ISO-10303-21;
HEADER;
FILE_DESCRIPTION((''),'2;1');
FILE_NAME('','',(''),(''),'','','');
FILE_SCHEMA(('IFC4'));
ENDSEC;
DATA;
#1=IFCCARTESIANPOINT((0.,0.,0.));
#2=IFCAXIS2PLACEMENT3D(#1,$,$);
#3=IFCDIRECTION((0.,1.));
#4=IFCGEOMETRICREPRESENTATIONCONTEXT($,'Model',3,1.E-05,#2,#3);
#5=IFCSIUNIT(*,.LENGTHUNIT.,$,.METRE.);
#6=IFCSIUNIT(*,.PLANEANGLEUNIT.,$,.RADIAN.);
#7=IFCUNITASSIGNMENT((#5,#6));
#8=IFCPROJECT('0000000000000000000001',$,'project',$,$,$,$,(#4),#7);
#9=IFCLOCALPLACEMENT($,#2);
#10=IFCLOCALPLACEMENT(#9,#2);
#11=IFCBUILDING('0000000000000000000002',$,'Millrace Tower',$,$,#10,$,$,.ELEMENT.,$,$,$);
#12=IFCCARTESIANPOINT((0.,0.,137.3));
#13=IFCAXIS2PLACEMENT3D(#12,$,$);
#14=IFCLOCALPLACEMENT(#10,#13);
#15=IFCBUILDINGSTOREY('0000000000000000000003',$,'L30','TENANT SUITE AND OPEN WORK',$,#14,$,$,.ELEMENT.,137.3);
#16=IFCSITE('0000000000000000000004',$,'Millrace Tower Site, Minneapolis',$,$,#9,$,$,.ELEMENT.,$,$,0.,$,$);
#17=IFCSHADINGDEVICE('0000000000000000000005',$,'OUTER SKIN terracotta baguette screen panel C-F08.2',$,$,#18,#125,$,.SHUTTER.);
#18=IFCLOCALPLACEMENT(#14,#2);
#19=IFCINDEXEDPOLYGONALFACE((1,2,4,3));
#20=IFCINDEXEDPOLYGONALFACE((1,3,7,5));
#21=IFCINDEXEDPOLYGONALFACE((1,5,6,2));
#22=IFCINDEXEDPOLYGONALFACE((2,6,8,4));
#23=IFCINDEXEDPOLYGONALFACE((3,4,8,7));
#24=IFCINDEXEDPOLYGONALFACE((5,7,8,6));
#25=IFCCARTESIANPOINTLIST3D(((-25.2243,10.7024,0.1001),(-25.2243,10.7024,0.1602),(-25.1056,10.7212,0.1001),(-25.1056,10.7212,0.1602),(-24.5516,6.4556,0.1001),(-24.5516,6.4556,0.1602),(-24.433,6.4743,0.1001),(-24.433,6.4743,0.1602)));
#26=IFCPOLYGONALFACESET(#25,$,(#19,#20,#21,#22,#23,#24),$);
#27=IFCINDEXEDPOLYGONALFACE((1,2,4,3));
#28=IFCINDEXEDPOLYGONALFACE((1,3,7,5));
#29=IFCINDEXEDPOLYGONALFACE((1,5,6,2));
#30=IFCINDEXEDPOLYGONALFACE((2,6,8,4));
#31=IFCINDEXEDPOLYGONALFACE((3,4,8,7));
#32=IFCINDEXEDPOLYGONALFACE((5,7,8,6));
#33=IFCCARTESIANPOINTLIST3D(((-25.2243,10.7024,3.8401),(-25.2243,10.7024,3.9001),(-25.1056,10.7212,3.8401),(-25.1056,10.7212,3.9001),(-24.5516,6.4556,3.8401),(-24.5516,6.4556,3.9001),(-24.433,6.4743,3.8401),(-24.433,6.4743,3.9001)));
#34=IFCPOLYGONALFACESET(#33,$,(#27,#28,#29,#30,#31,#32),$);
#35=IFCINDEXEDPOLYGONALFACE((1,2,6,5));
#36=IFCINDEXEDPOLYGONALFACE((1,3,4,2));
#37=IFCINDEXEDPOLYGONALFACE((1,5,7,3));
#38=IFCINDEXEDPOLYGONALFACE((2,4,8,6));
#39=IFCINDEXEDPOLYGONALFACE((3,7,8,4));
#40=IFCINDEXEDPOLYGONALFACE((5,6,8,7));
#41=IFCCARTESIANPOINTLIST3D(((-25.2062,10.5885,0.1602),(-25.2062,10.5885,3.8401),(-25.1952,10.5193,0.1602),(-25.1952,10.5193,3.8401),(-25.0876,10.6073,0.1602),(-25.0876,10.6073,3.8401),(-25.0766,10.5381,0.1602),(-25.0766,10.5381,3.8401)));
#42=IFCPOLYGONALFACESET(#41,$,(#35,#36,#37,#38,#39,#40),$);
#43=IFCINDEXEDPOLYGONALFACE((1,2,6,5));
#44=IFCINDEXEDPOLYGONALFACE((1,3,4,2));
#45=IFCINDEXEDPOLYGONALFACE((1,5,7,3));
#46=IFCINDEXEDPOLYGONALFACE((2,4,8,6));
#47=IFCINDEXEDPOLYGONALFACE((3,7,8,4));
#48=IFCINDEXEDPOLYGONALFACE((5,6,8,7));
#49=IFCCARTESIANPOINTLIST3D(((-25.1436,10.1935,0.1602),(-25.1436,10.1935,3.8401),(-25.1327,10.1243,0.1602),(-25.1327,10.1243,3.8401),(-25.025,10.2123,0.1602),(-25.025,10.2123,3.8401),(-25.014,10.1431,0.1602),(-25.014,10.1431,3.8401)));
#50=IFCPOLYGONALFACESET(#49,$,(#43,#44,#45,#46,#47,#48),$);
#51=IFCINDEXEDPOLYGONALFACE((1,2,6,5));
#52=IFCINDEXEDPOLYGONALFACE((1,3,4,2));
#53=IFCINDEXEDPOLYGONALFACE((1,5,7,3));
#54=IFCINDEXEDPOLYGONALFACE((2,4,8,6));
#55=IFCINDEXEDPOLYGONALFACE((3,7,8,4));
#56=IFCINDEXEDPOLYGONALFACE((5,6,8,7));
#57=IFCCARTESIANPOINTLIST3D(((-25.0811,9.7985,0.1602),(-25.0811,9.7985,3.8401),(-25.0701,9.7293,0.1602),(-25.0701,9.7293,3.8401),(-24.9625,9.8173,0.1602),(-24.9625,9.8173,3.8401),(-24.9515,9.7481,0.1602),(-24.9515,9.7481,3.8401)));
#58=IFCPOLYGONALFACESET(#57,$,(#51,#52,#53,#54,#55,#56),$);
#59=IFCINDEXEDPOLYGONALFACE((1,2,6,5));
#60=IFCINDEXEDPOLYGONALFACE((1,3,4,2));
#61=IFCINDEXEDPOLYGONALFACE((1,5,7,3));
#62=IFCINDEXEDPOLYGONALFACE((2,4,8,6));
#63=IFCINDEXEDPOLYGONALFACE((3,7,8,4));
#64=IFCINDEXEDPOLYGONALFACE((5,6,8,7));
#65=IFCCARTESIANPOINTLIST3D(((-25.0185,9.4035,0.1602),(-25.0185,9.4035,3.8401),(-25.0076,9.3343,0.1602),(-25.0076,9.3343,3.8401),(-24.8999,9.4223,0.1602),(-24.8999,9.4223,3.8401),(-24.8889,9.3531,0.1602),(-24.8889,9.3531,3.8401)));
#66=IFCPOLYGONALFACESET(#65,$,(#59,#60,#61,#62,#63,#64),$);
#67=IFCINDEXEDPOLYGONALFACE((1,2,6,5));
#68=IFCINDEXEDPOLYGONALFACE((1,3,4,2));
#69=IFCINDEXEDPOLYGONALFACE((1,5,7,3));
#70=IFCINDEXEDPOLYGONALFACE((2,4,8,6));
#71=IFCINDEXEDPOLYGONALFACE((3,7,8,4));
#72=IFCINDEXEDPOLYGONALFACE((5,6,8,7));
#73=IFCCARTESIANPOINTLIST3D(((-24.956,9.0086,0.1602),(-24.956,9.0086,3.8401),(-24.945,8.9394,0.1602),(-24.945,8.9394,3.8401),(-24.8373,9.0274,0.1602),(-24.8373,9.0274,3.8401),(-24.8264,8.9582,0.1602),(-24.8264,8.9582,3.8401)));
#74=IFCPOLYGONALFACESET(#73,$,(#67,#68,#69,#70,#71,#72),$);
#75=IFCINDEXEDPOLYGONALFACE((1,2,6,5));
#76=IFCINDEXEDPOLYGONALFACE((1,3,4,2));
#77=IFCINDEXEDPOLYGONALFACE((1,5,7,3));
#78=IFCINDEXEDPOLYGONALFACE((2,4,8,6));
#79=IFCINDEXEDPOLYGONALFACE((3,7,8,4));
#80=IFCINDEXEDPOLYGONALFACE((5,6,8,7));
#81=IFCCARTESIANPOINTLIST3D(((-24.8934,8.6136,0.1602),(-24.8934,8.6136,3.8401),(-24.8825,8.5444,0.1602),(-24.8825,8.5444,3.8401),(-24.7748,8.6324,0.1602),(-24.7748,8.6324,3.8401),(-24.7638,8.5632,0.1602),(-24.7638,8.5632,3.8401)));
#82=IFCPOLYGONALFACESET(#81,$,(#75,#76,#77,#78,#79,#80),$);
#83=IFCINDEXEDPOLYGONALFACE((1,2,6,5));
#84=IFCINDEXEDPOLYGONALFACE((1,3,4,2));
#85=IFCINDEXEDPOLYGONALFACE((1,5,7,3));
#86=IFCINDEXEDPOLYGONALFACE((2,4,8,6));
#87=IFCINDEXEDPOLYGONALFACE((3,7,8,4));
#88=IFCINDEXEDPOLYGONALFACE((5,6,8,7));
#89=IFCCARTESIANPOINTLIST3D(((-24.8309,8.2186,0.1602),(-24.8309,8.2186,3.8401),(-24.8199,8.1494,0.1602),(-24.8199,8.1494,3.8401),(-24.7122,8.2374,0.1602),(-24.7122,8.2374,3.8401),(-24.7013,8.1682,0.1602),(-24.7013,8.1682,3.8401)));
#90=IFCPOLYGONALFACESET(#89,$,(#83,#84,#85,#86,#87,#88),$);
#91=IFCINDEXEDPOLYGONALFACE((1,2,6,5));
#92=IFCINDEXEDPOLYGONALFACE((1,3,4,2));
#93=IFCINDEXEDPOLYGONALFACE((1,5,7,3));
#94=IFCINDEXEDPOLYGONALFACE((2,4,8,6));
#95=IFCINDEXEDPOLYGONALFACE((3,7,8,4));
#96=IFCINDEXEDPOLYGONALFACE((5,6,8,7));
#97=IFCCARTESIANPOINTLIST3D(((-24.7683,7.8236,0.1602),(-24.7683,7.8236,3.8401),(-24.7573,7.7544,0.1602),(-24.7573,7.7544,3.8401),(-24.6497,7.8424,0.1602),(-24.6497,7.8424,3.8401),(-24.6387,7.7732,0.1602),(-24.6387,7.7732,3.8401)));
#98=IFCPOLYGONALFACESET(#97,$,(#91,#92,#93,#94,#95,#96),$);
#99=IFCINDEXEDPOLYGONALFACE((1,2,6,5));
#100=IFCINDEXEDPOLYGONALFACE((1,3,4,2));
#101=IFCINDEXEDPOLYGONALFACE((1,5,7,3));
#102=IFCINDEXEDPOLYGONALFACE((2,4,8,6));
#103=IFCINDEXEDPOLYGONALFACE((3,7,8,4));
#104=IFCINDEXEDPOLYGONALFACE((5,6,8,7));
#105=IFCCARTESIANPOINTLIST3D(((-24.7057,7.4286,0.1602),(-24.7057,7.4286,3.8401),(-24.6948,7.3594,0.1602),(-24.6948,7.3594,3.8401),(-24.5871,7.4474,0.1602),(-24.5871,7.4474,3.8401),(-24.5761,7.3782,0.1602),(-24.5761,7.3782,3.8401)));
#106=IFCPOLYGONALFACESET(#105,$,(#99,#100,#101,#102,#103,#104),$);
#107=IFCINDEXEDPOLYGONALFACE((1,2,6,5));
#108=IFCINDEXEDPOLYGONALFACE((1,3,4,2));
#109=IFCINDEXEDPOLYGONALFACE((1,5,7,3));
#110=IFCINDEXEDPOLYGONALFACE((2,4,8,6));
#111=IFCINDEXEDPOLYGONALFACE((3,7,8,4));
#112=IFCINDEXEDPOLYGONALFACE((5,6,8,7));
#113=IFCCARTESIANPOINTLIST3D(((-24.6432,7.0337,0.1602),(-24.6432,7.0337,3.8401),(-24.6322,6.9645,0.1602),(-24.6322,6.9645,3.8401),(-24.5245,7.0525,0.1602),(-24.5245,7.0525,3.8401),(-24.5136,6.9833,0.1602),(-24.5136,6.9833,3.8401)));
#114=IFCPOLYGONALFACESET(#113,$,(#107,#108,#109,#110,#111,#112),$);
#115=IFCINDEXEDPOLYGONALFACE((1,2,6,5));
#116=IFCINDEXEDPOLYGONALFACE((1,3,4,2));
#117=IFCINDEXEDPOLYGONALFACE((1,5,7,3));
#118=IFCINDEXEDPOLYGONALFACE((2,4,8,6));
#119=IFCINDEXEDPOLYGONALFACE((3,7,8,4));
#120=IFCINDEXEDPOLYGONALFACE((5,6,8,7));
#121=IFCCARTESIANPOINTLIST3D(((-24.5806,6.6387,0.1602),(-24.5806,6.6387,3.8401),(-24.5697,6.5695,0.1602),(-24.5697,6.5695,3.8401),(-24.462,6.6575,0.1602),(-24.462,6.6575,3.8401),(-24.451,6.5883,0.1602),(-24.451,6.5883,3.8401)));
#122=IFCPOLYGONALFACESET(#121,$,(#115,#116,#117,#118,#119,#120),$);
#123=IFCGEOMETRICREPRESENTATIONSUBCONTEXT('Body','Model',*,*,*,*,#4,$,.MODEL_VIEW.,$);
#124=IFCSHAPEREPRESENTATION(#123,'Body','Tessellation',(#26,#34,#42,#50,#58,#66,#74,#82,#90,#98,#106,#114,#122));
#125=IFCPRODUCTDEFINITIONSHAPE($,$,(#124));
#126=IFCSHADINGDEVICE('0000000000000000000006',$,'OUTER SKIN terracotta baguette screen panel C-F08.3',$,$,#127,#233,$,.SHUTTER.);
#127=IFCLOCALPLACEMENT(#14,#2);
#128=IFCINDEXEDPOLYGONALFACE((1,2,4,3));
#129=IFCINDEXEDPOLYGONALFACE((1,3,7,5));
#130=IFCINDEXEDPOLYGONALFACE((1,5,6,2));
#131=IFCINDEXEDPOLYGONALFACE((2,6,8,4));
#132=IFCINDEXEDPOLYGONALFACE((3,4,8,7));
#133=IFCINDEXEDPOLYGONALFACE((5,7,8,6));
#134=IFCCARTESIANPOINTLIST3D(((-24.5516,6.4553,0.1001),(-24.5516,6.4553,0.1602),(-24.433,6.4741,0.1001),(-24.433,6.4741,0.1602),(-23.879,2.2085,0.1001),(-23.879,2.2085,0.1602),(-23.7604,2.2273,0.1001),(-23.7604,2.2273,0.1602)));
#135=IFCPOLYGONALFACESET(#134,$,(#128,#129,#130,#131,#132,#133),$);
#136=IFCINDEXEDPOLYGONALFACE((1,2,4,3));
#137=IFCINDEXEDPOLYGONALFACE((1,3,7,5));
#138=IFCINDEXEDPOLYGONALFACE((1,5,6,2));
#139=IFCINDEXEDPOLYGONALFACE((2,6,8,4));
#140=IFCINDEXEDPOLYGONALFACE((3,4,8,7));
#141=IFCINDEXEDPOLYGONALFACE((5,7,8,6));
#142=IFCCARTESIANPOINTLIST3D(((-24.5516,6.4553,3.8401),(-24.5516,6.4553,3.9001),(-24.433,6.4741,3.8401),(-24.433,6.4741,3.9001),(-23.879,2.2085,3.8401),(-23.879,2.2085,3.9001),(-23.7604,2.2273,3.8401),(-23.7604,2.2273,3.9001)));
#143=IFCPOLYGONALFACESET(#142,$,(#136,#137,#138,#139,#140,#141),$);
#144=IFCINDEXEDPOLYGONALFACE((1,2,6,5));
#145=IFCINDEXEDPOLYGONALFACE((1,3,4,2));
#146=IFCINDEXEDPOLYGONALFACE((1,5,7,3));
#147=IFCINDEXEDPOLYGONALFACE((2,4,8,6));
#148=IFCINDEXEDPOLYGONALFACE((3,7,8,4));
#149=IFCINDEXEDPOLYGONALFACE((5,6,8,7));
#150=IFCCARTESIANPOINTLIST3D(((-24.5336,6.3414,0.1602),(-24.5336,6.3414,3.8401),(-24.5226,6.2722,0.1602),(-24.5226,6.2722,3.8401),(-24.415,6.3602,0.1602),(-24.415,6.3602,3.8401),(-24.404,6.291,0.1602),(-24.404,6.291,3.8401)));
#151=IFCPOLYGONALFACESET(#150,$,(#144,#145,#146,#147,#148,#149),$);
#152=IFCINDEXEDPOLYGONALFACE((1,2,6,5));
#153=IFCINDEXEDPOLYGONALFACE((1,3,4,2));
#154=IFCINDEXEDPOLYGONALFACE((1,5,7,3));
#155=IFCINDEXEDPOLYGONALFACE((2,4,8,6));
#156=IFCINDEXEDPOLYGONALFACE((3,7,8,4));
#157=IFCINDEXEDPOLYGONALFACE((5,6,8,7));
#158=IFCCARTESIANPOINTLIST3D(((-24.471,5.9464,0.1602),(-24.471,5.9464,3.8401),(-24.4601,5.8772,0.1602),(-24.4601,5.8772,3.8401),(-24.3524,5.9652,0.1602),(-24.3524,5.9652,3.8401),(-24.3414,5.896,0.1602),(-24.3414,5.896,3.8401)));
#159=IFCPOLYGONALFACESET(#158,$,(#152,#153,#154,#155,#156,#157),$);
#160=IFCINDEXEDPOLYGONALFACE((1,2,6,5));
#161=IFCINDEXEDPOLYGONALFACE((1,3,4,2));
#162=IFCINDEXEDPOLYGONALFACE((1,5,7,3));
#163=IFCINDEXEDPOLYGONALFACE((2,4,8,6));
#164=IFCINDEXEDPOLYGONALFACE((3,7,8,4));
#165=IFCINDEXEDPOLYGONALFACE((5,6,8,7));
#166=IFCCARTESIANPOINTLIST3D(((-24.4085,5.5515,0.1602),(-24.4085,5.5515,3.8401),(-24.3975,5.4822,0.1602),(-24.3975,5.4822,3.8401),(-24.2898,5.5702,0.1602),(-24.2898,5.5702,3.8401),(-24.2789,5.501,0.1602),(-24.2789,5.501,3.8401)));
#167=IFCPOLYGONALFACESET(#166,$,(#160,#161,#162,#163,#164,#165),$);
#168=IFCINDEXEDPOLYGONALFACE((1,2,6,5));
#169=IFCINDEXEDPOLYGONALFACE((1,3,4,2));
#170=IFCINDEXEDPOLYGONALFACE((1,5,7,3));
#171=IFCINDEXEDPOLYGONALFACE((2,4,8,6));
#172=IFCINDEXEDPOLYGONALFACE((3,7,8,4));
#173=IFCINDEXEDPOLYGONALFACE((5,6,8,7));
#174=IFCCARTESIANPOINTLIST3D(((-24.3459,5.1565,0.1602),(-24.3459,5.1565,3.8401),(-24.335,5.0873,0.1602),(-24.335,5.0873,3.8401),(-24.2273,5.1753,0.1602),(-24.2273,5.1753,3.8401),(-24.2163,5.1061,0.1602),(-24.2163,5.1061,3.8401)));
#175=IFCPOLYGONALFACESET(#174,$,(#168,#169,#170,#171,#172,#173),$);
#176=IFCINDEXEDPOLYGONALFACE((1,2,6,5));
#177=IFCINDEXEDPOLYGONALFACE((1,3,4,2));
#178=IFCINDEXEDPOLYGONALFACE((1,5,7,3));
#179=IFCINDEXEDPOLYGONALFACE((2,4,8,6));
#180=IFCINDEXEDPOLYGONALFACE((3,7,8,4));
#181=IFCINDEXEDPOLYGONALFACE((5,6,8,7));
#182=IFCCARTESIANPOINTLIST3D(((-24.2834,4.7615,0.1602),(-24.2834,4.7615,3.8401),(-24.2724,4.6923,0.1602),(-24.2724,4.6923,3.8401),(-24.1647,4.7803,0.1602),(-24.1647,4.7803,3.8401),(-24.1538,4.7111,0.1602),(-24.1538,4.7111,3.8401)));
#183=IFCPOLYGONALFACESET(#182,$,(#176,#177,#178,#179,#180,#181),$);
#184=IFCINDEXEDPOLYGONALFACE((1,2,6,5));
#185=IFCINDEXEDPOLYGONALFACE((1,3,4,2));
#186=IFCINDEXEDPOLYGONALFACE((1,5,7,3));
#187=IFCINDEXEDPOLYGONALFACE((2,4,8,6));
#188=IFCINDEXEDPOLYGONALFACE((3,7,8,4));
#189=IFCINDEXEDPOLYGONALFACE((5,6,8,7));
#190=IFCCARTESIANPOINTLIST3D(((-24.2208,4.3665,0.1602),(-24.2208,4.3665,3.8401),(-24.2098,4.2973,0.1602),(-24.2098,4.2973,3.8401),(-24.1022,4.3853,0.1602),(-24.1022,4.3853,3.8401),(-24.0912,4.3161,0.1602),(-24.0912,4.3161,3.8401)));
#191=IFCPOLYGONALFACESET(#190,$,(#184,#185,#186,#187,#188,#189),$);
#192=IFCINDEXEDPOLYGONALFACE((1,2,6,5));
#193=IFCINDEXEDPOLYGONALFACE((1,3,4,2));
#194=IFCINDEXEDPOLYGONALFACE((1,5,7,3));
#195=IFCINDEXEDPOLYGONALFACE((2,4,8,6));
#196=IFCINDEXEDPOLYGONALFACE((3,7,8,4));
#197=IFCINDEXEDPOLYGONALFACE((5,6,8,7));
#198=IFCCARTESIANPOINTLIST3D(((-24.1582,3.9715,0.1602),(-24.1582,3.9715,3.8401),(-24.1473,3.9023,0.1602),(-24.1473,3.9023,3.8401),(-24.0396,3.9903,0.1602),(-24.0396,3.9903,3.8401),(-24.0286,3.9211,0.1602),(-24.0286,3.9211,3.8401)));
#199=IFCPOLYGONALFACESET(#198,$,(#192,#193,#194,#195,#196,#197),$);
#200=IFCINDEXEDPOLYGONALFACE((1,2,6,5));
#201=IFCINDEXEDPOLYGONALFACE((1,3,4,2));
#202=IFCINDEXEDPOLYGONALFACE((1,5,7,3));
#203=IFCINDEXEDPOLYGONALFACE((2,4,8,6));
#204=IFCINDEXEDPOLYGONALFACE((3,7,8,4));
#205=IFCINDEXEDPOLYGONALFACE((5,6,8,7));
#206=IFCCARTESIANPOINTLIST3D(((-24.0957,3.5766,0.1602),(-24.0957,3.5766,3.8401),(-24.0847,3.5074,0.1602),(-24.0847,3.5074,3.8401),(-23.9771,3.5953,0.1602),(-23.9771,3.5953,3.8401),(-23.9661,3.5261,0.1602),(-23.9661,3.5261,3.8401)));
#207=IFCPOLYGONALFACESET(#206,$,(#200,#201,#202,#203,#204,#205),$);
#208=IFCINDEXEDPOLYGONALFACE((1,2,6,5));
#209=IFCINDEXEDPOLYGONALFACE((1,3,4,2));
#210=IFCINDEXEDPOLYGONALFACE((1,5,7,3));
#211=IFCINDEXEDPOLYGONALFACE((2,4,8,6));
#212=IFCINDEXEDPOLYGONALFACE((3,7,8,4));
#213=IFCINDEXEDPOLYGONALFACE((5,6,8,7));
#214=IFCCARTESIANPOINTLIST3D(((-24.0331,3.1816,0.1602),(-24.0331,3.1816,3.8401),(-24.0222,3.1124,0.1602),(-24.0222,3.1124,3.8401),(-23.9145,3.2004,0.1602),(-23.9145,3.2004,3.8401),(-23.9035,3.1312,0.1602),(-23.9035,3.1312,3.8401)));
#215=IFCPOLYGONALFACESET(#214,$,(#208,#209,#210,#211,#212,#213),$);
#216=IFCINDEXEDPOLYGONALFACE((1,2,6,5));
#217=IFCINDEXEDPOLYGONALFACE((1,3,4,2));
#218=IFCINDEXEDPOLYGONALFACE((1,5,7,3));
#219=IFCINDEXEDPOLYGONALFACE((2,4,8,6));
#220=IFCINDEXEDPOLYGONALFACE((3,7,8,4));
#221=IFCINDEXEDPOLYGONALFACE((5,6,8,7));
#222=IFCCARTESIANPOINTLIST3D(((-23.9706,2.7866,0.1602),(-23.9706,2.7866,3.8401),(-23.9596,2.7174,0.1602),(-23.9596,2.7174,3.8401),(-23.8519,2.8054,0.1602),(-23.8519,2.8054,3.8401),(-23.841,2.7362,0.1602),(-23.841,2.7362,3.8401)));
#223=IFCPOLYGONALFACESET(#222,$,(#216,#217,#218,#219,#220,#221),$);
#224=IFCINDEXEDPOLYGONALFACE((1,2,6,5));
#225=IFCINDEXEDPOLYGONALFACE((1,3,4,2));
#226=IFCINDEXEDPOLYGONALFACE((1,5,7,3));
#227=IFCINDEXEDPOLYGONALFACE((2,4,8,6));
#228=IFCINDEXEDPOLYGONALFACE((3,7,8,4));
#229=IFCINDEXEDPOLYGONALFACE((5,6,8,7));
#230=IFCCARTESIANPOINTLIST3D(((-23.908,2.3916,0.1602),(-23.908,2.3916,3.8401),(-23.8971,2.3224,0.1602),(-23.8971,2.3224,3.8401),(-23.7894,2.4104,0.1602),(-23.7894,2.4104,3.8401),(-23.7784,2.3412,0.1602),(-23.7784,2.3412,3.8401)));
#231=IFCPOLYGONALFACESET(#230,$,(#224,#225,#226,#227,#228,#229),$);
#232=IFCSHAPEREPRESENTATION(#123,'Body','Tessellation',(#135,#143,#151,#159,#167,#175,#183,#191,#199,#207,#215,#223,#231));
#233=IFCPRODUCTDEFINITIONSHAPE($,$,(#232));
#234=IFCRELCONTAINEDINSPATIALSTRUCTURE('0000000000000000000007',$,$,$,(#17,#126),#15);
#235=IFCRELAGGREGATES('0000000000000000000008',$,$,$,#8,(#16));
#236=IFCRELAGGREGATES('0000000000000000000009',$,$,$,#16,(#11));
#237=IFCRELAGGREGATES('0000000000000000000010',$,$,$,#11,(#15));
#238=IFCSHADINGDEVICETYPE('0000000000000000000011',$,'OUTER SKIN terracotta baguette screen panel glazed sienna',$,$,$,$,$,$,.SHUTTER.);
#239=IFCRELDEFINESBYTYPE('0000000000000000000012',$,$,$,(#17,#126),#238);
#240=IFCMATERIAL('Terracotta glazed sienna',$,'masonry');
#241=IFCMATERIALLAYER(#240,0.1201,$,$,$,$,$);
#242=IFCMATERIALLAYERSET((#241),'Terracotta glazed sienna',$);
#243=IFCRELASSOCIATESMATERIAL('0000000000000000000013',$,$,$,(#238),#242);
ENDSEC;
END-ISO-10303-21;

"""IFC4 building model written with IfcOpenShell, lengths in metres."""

from ifc_helpers import new_model, entity, si_unit, direction, frame, frame_2d, origin, origin_2d, place, context, subcontext, project, spatial, rectangle, extrude, source, transform, mapped, material, layer, layer_set, type_object, element, save


model = new_model("IFC4")

# Units and contexts
model_context = context("Model", 3, precision=1e-05, world=origin(), true_north=direction((0.0, 1.0)))
body_context = subcontext(model_context, "Body", "Model", "MODEL_VIEW")
ifc_project = project(units=[si_unit("LENGTHUNIT", "METRE"), si_unit("PLANEANGLEUNIT", "RADIAN")], contexts=[model_context])

# Site, building, storey
site_placement = place(None, origin())
site = spatial("IfcSite", under=ifc_project, at=site_placement, Name="Millrace Tower Site, Minneapolis", CompositionType="ELEMENT", RefElevation=0.0)
building_placement = place(site_placement, origin())
building = spatial("IfcBuilding", under=site, at=building_placement, Name="Millrace Tower", CompositionType="ELEMENT")
storey_placement = place(building_placement, frame((0.0, 0.0, 137.3)))
storey = spatial("IfcBuildingStorey", under=building, at=storey_placement, Name="L30", Description="TENANT SUITE AND OPEN WORK", CompositionType="ELEMENT", Elevation=137.3)

# Shading devices
ifc_material_1 = material(Name="Terracotta glazed sienna", Category="masonry")
ifc_layer_1 = layer(ifc_material_1, 0.1201)
ifc_layer_set_1 = layer_set([ifc_layer_1], Name="Terracotta glazed sienna")
shading_device_type = type_object("IfcShadingDeviceType", Name="OUTER SKIN terracotta baguette screen panel glazed sienna", PredefinedType="SHUTTER", material=ifc_layer_set_1)
cartesian_point = entity("IfcCartesianPoint", [-2.1499, 0.0601])
shared_polyline = entity("IfcPolyline", [cartesian_point, entity("IfcCartesianPoint", [2.1499, 0.0601]), entity("IfcCartesianPoint", [2.1499, -0.0601]), entity("IfcCartesianPoint", [-2.1499, -0.0601]), cartesian_point])
shared_shape = source(origin(), body_context, "Body", "SweptSolid", [
    entity("IfcExtrudedAreaSolid", entity("IfcArbitraryClosedProfileDef", "AREA", None, shared_polyline), entity("IfcAxis2Placement3D", entity("IfcCartesianPoint", [0.0, 0.0, 0.0])), entity("IfcDirection", [0.0, 0.0, 1.0]), 0.0601),
    entity("IfcExtrudedAreaSolid", entity("IfcArbitraryClosedProfileDef", "AREA", None, shared_polyline), entity("IfcAxis2Placement3D", entity("IfcCartesianPoint", [0.0, 0.0, 3.74])), entity("IfcDirection", [0.0, 0.0, 1.0]), 0.0601),
    extrude(rectangle(XDim=0.0701, YDim=0.1201, at=frame_2d((-1.9995, 0.0))), frame((0.0, 0.0, 0.0601)), (0.0, 0.0, 1.0), 3.6799),
    extrude(rectangle(XDim=0.0701, YDim=0.1201, at=frame_2d((-1.5996, 0.0))), frame((0.0, 0.0, 0.0601)), (0.0, 0.0, 1.0), 3.6799),
    extrude(rectangle(XDim=0.0701, YDim=0.1201, at=frame_2d((-1.1997, 0.0))), frame((0.0, 0.0, 0.0601)), (0.0, 0.0, 1.0), 3.6799),
    extrude(rectangle(XDim=0.0701, YDim=0.1201, at=frame_2d((-0.7998, 0.0))), frame((0.0, 0.0, 0.0601)), (0.0, 0.0, 1.0), 3.6799),
    extrude(rectangle(XDim=0.0701, YDim=0.1201, at=frame_2d((-0.3999, 0.0))), frame((0.0, 0.0, 0.0601)), (0.0, 0.0, 1.0), 3.6799),
    extrude(rectangle(XDim=0.0701, YDim=0.1201, at=origin_2d()), frame((0.0, 0.0, 0.0601)), (0.0, 0.0, 1.0), 3.6799),
    extrude(rectangle(XDim=0.0701, YDim=0.1201, at=frame_2d((0.3999, 0.0))), frame((0.0, 0.0, 0.0601)), (0.0, 0.0, 1.0), 3.6799),
    extrude(rectangle(XDim=0.0701, YDim=0.1201, at=frame_2d((0.7998, 0.0))), frame((0.0, 0.0, 0.0601)), (0.0, 0.0, 1.0), 3.6799),
    extrude(rectangle(XDim=0.0701, YDim=0.1201, at=frame_2d((1.1997, 0.0))), frame((0.0, 0.0, 0.0601)), (0.0, 0.0, 1.0), 3.6799),
    extrude(rectangle(XDim=0.0701, YDim=0.1201, at=frame_2d((1.5996, 0.0))), frame((0.0, 0.0, 0.0601)), (0.0, 0.0, 1.0), 3.6799),
    extrude(rectangle(XDim=0.0701, YDim=0.1201, at=frame_2d((1.9995, 0.0))), frame((0.0, 0.0, 0.0601)), (0.0, 0.0, 1.0), 3.6799),
])
for number, where, z_axis, x_axis, name in (
    (1, (-24.8286, 8.5884, 0.1001), (0.0, 0.0, 1.0), (0.156434, -0.987688, 0.0), "OUTER SKIN terracotta baguette screen panel C-F08.2"),
    (2, (-24.156, 4.3413, 0.1001), (0.0, 0.0, 1.0), (0.156434, -0.987688, 0.0), "OUTER SKIN terracotta baguette screen panel C-F08.3"),
):
    element("IfcShadingDevice", number, at=place(storey_placement, frame(where, z_axis=z_axis, x_axis=x_axis)), inside=storey, type_object=shading_device_type, Name=name, PredefinedType="SHUTTER", context=body_context, shape_type="MappedRepresentation", body=[
        mapped(shared_shape, transform((0.0, 0.0, 0.0), scale=1.0)),
    ])

save(model, "model.ifc")
